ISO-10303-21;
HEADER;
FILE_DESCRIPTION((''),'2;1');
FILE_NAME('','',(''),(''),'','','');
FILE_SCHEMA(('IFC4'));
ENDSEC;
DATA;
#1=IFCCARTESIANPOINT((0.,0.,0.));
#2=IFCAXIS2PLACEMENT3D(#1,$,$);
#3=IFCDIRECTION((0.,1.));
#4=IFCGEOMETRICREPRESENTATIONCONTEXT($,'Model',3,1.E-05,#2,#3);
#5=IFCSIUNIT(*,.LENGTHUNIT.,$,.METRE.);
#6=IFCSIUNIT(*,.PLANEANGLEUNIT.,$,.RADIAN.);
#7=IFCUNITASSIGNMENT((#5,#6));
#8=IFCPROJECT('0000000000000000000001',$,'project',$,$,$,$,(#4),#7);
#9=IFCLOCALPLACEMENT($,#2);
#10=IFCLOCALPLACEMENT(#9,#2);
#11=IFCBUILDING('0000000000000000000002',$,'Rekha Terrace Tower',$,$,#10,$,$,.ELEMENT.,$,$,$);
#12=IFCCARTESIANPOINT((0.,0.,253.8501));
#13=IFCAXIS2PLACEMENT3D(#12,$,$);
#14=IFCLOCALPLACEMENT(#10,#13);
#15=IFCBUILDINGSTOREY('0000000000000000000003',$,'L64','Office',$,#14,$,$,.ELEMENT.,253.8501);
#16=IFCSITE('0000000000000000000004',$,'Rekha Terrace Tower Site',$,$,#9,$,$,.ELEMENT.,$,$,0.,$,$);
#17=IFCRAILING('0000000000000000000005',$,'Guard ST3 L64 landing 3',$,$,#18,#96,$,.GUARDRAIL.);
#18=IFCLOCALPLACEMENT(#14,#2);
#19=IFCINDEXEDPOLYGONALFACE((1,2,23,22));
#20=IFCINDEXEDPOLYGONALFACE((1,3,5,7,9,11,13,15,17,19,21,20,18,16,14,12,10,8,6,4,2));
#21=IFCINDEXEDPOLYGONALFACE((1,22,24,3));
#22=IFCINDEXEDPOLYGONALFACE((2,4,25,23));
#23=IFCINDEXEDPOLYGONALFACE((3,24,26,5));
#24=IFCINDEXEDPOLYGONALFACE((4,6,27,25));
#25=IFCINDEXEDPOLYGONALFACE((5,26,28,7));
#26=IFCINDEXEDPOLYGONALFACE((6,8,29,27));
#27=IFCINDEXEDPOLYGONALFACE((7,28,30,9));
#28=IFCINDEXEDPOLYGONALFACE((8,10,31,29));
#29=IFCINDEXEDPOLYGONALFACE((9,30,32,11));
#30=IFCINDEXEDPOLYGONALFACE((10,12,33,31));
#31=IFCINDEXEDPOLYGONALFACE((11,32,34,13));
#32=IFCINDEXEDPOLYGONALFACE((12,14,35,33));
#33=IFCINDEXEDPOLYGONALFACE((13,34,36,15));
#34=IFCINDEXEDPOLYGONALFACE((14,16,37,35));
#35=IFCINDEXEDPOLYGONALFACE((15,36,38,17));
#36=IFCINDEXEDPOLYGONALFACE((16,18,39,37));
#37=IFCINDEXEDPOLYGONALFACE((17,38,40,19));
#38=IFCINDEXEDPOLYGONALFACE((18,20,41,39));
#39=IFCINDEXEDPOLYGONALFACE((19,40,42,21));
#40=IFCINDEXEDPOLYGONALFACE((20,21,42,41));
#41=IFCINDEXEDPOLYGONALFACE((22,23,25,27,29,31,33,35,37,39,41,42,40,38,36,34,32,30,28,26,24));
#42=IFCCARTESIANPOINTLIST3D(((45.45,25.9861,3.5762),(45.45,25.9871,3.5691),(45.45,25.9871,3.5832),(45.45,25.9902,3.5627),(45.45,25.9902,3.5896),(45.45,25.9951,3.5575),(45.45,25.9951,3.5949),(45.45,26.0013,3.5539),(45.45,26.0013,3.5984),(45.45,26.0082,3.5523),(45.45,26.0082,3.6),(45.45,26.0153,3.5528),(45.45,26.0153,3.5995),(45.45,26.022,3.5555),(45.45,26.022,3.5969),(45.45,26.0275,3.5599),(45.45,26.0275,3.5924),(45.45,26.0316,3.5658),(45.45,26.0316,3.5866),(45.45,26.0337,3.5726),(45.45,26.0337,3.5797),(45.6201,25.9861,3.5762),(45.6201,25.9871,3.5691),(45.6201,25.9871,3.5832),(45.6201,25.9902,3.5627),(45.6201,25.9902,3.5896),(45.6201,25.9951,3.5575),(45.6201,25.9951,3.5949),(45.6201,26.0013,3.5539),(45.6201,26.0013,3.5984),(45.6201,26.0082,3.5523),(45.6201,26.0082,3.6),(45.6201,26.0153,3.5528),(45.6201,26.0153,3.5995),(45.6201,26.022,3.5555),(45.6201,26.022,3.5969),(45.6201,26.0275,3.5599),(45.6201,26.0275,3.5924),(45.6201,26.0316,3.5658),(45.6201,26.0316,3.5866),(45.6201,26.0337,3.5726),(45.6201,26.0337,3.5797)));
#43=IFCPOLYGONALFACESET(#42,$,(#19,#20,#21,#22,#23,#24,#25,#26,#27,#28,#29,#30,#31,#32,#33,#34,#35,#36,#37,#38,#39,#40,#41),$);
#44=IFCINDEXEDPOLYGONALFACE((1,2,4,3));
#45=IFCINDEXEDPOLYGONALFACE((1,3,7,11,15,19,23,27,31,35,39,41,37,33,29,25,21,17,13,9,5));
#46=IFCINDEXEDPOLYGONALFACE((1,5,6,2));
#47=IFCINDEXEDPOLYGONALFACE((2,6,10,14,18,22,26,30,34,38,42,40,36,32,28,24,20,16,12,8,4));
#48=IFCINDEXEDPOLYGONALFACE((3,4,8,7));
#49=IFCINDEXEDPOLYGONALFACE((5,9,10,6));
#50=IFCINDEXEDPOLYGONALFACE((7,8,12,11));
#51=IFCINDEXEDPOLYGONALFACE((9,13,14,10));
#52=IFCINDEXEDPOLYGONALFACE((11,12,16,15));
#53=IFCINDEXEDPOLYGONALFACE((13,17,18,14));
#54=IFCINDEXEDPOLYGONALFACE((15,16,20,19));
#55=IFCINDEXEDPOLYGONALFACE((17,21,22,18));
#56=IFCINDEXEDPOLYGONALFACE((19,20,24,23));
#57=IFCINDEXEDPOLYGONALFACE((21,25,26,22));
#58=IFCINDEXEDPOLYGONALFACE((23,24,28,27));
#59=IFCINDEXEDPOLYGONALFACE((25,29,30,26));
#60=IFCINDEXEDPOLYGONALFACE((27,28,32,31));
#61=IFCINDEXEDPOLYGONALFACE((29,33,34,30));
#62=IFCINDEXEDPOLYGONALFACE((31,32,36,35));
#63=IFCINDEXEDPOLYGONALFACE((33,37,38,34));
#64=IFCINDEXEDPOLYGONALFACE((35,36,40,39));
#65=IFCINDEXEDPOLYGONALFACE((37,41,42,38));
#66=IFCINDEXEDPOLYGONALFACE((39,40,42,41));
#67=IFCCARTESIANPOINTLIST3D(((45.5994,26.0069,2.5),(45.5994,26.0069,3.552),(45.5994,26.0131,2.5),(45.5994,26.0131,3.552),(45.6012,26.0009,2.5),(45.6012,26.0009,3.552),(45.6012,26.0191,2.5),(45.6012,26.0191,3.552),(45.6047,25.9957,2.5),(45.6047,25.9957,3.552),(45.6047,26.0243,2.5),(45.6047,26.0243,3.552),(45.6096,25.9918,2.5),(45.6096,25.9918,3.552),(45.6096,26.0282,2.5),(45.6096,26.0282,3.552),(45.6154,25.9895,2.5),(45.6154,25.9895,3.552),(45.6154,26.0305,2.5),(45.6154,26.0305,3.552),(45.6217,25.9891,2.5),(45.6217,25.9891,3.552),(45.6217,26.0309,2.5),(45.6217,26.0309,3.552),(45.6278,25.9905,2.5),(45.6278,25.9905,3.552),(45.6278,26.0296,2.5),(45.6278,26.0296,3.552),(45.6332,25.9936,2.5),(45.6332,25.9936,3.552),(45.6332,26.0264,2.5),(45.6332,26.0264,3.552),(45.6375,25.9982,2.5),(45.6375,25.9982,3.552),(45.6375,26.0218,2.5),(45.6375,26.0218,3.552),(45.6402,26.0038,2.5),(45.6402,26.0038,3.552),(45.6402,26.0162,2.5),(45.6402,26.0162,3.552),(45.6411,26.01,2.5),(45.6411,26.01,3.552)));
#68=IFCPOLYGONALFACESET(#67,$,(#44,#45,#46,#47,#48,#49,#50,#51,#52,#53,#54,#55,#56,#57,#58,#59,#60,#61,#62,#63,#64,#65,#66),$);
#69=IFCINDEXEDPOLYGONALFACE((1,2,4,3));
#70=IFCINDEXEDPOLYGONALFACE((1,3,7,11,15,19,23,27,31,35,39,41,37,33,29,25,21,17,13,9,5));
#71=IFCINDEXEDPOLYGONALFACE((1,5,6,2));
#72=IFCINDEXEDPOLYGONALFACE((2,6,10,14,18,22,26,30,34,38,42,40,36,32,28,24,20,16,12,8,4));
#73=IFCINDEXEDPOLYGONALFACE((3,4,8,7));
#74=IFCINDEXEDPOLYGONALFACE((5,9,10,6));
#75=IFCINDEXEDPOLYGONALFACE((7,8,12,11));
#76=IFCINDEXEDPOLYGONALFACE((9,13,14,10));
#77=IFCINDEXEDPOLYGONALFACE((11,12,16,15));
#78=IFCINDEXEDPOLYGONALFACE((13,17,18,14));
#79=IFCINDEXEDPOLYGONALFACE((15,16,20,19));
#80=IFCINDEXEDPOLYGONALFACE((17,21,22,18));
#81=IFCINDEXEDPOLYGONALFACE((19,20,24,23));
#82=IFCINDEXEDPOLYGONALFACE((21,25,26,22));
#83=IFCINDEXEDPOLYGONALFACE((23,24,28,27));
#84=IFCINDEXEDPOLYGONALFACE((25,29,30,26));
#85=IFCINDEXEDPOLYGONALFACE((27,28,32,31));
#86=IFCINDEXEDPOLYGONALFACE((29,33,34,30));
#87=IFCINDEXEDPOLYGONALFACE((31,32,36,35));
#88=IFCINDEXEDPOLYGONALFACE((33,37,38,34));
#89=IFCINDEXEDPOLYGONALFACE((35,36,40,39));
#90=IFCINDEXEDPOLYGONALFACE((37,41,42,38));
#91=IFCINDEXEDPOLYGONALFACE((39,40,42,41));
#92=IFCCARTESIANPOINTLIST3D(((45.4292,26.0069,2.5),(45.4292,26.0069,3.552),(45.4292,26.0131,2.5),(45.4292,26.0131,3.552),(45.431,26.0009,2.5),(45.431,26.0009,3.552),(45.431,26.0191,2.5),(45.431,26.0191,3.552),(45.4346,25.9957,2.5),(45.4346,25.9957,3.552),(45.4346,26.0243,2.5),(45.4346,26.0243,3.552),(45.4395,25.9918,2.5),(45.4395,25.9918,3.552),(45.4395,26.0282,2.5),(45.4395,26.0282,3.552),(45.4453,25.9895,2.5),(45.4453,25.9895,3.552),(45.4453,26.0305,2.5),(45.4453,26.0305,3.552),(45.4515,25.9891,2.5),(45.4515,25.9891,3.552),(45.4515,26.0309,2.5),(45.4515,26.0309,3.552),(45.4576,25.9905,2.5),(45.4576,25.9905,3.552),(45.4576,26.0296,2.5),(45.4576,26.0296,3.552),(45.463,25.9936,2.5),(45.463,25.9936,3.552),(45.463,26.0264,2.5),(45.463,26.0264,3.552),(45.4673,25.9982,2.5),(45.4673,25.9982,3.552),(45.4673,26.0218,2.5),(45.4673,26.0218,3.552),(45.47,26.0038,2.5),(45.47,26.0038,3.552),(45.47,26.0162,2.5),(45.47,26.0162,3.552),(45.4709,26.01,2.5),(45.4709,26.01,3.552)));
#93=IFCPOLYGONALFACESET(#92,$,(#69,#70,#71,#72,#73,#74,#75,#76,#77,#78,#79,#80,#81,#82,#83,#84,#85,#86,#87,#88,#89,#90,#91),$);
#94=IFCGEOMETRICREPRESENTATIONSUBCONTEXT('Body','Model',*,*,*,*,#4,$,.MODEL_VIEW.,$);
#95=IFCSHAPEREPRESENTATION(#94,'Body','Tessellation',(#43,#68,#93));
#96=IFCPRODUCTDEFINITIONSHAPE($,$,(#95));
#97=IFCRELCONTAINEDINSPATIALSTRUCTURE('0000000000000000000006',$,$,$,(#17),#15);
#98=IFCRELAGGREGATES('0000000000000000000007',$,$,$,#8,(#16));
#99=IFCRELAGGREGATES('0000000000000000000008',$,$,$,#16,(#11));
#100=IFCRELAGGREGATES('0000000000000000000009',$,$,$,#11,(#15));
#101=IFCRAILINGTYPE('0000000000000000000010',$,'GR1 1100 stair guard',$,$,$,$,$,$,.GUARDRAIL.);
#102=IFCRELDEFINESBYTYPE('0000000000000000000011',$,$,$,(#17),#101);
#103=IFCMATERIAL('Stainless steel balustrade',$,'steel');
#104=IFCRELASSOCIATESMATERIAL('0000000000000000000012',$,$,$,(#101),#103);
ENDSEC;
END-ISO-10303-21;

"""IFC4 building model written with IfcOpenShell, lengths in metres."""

from ifc_helpers import new_model, si_unit, direction, frame, origin, origin_2d, place, context, subcontext, project, spatial, circle, extrude, material, type_object, element, save


model = new_model("IFC4")

# Units and contexts
model_context = context("Model", 3, precision=1e-05, world=origin(), true_north=direction((0.0, 1.0)))
body_context = subcontext(model_context, "Body", "Model", "MODEL_VIEW")
ifc_project = project(units=[si_unit("LENGTHUNIT", "METRE"), si_unit("PLANEANGLEUNIT", "RADIAN")], contexts=[model_context])

# Site, building, storey
site_placement = place(None, origin())
site = spatial("IfcSite", under=ifc_project, at=site_placement, Name="Rekha Terrace Tower Site", CompositionType="ELEMENT", RefElevation=0.0)
building_placement = place(site_placement, origin())
building = spatial("IfcBuilding", under=site, at=building_placement, Name="Rekha Terrace Tower", CompositionType="ELEMENT")
storey_placement = place(building_placement, frame((0.0, 0.0, 253.8501)))
storey = spatial("IfcBuildingStorey", under=building, at=storey_placement, Name="L64", Description="Office", CompositionType="ELEMENT", Elevation=253.8501)

# Railing
ifc_material_1 = material(Name="Stainless steel balustrade", Category="steel")
railing_type_1 = type_object("IfcRailingType", Name="GR1 1100 stair guard", PredefinedType="GUARDRAIL", material=ifc_material_1)
railing_1_placement = place(storey_placement, frame((45.6201, 26.01, 2.5)))
element("IfcRailing", 1, at=railing_1_placement, inside=storey, type_object=railing_type_1, Name="Guard ST3 L64 landing 3", PredefinedType="GUARDRAIL", context=body_context, shape_type="SweptSolid", body=[
    extrude(circle(Radius=0.0239, at=origin_2d()), frame((0.0, 0.0, 1.0762), z_axis=(-1.0, 0.0, 0.0), x_axis=(0.0, -1.0, 0.0)), (0.0, 0.0, 1.0), 0.1702),
    extrude(circle(Radius=0.021, at=origin_2d()), origin(), (0.0, 0.0, 1.0), 1.052),
    extrude(circle(Radius=0.021, at=origin_2d()), frame((-0.1702, 0.0, 0.0)), (0.0, 0.0, 1.0), 1.052),
])

save(model, "model.ifc")
